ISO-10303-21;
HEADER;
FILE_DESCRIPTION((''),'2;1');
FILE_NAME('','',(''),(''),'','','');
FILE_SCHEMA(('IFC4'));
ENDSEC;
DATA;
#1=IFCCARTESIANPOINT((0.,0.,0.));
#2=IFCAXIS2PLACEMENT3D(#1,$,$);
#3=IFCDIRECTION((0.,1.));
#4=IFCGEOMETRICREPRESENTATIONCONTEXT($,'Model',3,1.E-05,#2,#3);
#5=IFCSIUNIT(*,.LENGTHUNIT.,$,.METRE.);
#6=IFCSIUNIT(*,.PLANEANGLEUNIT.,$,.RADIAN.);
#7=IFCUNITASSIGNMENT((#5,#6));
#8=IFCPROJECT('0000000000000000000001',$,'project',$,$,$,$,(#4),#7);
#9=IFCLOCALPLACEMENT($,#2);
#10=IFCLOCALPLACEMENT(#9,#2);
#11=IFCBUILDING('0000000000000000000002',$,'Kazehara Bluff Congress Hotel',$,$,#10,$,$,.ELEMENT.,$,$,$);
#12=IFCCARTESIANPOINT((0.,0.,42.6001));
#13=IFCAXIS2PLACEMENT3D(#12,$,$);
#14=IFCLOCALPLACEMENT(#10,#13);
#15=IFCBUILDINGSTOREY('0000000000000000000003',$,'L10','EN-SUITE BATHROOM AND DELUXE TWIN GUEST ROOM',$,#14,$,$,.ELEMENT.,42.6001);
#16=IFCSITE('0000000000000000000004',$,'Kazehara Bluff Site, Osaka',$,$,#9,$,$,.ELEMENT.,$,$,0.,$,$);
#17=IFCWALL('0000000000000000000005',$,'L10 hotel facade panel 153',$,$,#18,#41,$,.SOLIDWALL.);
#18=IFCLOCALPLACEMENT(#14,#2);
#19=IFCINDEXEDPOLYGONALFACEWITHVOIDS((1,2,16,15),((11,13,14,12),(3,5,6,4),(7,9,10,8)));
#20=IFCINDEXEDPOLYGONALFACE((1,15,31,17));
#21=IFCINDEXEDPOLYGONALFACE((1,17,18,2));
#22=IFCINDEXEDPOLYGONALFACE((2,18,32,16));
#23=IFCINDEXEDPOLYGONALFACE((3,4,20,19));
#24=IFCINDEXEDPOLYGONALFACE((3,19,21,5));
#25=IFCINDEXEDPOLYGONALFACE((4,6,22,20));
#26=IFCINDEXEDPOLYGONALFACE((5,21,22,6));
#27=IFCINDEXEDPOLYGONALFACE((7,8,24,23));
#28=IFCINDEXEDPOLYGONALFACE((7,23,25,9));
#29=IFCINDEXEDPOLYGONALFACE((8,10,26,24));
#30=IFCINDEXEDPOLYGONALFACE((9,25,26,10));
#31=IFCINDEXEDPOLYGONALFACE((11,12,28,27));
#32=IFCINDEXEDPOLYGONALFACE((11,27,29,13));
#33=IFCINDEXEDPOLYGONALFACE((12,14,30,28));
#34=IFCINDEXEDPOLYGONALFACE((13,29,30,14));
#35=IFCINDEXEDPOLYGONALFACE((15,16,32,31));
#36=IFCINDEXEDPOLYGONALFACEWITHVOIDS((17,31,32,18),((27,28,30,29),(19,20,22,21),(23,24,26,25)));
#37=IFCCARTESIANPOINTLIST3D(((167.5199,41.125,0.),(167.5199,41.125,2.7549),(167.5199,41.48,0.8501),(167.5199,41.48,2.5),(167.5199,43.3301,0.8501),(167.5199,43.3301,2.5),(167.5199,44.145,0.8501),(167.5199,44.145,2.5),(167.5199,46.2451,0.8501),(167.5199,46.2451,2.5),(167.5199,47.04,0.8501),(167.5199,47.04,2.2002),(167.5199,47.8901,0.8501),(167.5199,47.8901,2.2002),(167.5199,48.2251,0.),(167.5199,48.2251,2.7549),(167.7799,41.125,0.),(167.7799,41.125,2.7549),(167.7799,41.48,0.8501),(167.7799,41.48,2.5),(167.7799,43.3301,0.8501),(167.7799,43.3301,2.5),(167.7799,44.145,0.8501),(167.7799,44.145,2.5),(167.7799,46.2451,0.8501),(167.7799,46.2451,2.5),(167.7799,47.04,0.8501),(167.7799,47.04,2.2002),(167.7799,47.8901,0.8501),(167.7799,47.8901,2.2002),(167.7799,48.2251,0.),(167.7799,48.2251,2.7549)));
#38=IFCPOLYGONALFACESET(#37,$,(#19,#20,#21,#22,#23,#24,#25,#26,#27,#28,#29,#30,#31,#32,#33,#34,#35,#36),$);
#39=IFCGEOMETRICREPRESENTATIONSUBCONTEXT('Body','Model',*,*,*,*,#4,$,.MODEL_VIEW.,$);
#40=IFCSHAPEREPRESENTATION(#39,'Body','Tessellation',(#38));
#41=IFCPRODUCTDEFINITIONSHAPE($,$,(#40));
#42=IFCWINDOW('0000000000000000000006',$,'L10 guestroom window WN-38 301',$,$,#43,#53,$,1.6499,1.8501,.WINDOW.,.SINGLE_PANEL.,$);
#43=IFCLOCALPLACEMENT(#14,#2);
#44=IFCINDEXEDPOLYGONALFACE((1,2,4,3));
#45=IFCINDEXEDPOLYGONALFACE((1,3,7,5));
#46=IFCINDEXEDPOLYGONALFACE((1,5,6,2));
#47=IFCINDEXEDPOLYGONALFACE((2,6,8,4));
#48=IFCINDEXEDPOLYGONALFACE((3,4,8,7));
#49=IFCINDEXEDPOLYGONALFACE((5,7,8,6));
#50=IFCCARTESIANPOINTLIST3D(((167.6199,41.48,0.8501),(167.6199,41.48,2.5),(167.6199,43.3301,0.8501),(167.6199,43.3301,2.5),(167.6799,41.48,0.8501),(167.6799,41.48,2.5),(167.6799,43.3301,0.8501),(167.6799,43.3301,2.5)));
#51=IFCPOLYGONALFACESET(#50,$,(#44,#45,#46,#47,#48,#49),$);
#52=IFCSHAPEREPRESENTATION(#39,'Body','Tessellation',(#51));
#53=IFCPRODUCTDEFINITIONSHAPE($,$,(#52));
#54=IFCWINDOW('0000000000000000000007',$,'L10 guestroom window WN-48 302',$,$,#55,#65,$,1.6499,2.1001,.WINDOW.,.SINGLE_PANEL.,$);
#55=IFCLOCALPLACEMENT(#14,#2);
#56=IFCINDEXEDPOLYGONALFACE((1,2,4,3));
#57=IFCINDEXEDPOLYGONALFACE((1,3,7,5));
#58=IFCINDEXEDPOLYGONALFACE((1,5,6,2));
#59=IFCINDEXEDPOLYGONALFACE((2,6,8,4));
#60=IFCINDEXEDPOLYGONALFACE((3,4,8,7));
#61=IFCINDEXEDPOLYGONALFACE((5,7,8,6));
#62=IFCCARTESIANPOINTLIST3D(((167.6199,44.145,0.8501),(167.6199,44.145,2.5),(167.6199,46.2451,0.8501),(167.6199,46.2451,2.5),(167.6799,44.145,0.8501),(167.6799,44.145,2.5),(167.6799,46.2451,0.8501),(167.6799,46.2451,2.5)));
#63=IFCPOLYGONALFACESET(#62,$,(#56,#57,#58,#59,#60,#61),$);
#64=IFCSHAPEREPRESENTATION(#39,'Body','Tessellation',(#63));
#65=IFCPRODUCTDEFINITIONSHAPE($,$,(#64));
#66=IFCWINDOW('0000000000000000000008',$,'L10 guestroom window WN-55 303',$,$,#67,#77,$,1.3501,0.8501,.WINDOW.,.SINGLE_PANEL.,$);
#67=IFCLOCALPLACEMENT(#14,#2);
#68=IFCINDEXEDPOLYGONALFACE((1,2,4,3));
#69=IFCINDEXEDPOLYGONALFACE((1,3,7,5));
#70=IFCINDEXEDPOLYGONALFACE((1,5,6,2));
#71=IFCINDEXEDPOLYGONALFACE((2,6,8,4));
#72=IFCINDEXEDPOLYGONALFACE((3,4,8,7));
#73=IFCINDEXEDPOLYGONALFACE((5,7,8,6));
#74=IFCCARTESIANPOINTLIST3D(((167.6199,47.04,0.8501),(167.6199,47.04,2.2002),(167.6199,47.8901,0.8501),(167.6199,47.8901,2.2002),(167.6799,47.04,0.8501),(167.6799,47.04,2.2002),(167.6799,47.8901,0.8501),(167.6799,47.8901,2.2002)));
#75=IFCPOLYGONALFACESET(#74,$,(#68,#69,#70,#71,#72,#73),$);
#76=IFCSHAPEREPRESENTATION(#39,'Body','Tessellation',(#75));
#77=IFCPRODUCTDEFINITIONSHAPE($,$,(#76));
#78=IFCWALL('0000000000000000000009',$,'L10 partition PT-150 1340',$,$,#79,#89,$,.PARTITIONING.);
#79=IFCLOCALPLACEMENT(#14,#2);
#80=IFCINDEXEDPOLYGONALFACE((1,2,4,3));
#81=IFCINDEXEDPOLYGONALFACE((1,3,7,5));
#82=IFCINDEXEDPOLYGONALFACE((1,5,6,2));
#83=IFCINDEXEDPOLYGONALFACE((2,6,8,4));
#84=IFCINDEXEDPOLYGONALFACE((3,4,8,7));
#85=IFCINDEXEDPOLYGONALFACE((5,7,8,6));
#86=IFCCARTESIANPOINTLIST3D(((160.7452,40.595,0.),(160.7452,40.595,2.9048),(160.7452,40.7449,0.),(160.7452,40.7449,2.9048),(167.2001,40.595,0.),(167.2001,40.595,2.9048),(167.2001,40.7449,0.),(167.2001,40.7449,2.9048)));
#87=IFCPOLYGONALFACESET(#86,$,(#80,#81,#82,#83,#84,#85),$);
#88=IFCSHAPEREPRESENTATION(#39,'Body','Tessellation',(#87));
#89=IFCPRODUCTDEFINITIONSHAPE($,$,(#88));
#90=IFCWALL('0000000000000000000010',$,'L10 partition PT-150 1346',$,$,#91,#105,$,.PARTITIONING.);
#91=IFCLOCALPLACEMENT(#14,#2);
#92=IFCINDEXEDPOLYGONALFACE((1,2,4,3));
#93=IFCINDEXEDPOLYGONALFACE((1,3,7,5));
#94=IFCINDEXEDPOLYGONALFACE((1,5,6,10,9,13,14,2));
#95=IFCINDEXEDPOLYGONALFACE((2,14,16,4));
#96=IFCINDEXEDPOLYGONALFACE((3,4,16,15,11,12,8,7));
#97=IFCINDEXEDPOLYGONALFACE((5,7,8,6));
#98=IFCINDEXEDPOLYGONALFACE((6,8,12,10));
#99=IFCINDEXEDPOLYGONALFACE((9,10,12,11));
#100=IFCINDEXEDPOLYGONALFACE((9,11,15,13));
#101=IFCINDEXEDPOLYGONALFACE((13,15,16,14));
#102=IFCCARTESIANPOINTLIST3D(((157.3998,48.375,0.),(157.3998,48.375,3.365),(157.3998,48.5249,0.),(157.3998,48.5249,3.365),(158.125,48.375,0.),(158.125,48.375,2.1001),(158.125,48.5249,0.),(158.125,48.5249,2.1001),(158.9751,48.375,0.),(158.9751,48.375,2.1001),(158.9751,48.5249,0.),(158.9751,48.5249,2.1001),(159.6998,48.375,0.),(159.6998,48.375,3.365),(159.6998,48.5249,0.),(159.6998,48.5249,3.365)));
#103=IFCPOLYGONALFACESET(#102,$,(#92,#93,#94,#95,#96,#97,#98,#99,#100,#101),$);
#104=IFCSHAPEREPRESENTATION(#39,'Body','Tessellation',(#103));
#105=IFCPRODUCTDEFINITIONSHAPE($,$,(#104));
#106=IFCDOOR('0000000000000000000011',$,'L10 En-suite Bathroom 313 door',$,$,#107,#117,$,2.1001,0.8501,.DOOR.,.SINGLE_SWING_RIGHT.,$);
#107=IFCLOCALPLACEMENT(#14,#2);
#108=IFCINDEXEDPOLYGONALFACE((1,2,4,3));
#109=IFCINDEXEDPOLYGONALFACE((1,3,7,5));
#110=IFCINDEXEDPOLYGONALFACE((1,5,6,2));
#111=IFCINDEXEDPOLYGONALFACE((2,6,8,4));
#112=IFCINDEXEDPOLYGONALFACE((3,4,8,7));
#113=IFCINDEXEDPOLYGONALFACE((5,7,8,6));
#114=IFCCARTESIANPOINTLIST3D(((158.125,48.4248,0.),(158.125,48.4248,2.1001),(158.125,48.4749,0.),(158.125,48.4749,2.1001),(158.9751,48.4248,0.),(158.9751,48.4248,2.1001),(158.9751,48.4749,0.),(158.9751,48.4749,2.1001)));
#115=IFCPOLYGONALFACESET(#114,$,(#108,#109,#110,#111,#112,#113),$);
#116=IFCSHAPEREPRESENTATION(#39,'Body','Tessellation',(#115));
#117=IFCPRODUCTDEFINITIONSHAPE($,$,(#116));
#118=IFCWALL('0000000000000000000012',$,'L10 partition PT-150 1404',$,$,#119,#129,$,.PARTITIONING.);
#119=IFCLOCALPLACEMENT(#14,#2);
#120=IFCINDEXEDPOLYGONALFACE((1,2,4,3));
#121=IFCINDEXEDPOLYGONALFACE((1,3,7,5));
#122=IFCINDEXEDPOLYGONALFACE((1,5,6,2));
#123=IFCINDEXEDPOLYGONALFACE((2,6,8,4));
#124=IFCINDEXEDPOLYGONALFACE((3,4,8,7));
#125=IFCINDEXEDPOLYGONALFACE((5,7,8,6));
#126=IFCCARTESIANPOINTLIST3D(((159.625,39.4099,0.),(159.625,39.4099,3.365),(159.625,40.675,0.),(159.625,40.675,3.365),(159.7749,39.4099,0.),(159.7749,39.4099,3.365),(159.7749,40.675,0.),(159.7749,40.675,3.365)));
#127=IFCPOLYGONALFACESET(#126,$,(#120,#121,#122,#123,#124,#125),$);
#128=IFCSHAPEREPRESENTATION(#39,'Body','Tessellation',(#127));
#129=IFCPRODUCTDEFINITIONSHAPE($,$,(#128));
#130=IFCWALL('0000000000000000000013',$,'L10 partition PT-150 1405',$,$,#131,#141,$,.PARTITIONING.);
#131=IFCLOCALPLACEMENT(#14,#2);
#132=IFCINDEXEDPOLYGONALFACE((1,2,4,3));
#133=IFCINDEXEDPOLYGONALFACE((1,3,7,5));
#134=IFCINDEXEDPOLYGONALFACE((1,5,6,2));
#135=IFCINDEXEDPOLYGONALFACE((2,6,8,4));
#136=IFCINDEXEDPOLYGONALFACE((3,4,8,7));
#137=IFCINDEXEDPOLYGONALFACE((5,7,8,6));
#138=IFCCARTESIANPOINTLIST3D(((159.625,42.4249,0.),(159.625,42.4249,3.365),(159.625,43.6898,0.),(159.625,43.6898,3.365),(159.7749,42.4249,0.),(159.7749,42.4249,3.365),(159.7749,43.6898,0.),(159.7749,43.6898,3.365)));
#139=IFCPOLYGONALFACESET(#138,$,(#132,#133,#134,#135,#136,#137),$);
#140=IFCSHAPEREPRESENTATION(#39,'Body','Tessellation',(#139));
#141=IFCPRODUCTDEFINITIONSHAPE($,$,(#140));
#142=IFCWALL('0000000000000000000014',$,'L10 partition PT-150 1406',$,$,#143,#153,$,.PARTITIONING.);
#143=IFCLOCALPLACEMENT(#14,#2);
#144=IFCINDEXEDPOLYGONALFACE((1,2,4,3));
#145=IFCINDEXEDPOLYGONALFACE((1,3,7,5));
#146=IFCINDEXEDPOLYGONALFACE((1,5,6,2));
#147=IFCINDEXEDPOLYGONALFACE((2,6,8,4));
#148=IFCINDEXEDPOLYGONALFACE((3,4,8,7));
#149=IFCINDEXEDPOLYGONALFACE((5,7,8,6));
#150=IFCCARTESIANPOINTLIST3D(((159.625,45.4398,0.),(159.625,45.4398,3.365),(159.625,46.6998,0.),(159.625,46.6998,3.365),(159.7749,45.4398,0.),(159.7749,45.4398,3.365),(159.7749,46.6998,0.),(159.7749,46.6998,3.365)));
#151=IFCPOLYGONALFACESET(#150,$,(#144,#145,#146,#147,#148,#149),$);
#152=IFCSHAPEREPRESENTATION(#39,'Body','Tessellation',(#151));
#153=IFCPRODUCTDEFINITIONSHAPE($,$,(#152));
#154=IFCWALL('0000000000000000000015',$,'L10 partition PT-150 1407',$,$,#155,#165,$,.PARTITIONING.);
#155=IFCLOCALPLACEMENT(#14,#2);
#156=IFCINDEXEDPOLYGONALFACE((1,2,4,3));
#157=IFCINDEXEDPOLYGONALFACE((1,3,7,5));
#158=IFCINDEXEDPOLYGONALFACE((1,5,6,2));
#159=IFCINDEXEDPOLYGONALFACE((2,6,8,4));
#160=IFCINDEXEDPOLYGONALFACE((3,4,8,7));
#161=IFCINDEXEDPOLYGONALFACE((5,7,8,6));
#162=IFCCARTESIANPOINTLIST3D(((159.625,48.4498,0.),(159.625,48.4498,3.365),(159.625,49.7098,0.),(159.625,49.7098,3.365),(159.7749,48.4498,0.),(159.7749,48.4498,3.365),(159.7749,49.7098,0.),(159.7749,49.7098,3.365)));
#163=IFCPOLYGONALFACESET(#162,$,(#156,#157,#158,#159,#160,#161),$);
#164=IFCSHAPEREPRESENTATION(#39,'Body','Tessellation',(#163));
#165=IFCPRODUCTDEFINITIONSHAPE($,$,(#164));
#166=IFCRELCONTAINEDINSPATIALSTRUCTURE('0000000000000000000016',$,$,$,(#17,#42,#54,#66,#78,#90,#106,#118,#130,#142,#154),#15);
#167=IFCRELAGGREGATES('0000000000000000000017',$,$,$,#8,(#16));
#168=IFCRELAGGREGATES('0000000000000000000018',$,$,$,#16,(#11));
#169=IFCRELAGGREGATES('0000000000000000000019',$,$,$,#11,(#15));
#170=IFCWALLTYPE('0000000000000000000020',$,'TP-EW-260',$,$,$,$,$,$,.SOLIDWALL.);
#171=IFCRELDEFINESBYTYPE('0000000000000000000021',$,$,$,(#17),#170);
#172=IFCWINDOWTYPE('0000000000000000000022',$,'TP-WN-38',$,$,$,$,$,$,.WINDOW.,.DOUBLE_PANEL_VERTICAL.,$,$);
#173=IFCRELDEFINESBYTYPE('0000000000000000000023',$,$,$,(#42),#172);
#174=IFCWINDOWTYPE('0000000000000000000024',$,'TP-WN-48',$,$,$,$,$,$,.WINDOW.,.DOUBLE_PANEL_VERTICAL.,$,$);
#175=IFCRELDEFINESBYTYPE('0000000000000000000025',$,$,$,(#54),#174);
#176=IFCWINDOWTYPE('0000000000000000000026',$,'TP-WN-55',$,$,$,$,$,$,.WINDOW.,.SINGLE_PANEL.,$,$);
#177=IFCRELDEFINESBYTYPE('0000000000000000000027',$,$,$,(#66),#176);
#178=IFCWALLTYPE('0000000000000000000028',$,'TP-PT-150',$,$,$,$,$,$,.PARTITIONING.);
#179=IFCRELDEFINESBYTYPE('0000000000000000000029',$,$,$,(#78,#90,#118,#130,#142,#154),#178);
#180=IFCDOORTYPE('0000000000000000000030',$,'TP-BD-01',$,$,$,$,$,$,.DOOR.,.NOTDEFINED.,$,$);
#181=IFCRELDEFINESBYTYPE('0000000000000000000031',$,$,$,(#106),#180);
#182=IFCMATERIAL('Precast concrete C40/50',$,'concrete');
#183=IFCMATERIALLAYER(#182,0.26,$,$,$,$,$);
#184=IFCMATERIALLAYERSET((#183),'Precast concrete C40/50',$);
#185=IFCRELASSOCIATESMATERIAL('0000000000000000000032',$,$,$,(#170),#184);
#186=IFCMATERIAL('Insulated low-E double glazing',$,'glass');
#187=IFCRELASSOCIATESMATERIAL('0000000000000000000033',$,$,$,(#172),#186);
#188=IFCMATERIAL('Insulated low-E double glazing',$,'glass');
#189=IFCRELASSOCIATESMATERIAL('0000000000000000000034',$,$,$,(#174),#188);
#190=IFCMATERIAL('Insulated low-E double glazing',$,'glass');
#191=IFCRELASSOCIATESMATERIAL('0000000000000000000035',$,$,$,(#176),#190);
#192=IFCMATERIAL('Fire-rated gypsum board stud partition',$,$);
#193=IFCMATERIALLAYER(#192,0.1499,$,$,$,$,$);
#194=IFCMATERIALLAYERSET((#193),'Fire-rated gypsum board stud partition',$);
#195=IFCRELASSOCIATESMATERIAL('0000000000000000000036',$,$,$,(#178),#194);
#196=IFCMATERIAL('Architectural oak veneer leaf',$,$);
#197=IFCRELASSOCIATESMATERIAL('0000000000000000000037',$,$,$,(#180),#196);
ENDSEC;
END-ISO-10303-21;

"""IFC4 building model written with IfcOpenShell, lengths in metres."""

from ifc_helpers import new_model, si_unit, direction, frame, frame_2d, origin, place, context, subcontext, project, spatial, rectangle, extrude, material, layer, layer_set, type_object, element, fill, save


model = new_model("IFC4")

# Units and contexts
model_context = context("Model", 3, precision=1e-05, world=origin(), true_north=direction((0.0, 1.0)))
body_context = subcontext(model_context, "Body", "Model", "MODEL_VIEW")
ifc_project = project(units=[si_unit("LENGTHUNIT", "METRE"), si_unit("PLANEANGLEUNIT", "RADIAN")], contexts=[model_context])

# Site, building, storey
site_placement = place(None, origin())
site = spatial("IfcSite", under=ifc_project, at=site_placement, Name="Kazehara Bluff Site, Osaka", CompositionType="ELEMENT", RefElevation=0.0)
building_placement = place(site_placement, origin())
building = spatial("IfcBuilding", under=site, at=building_placement, Name="Kazehara Bluff Congress Hotel", CompositionType="ELEMENT")
storey_placement = place(building_placement, frame((0.0, 0.0, 42.6001)))
storey = spatial("IfcBuildingStorey", under=building, at=storey_placement, Name="L10", Description="EN-SUITE BATHROOM AND DELUXE TWIN GUEST ROOM", CompositionType="ELEMENT", Elevation=42.6001)

# Wall, openings, windows
ifc_material_1 = material(Name="Precast concrete C40/50", Category="concrete")
ifc_layer_1 = layer(ifc_material_1, 0.26)
ifc_layer_set_1 = layer_set([ifc_layer_1], Name="Precast concrete C40/50")
wall_type_1 = type_object("IfcWallType", Name="TP-EW-260", PredefinedType="SOLIDWALL", material=ifc_layer_set_1)
wall_1_placement = place(storey_placement, frame((167.6499, 48.2251, 0.0), z_axis=(0.0, 0.0, 1.0), x_axis=(0.0, -1.0, 0.0)))
wall_1 = element("IfcWall", 1, at=wall_1_placement, inside=storey, type_object=wall_type_1, Name="L10 hotel facade panel 153", PredefinedType="SOLIDWALL", context=body_context, shape_type="SweptSolid", body=[
    extrude(rectangle(XDim=7.1001, YDim=0.26, at=frame_2d((3.55, 0.0))), origin(), (0.0, 0.0, 1.0), 2.7549),
])
opening_1_placement = place(wall_1_placement, frame((4.895, 0.0, 0.8501)))
opening_1 = element("IfcOpeningElement", 2, at=opening_1_placement, cuts=wall_1, PredefinedType="OPENING", context=body_context, shape_type="SweptSolid", body=[
    extrude(rectangle(XDim=1.8501, YDim=1.6499, at=frame_2d((0.925, 0.825))), frame((0.0, 0.1399, 0.0), z_axis=(0.0, -1.0, 0.0), x_axis=(1.0, 0.0, 0.0)), (0.0, 0.0, 1.0), 0.28),
])
opening_2_placement = place(wall_1_placement, frame((1.98, 0.0, 0.8501)))
opening_2 = element("IfcOpeningElement", 3, at=opening_2_placement, cuts=wall_1, PredefinedType="OPENING", context=body_context, shape_type="SweptSolid", body=[
    extrude(rectangle(XDim=2.1001, YDim=1.6499, at=frame_2d((1.05, 0.825))), frame((0.0, 0.1399, 0.0), z_axis=(0.0, -1.0, 0.0), x_axis=(1.0, 0.0, 0.0)), (0.0, 0.0, 1.0), 0.28),
])
opening_3_placement = place(wall_1_placement, frame((0.335, 0.0, 0.8501)))
opening_3 = element("IfcOpeningElement", 4, at=opening_3_placement, cuts=wall_1, PredefinedType="OPENING", context=body_context, shape_type="SweptSolid", body=[
    extrude(rectangle(XDim=0.8501, YDim=1.3501, at=frame_2d((0.425, 0.675))), frame((0.0, 0.1399, 0.0), z_axis=(0.0, -1.0, 0.0), x_axis=(1.0, 0.0, 0.0)), (0.0, 0.0, 1.0), 0.28),
])
ifc_material_2 = material(Name="Insulated low-E double glazing", Category="glass")
window_type_1 = type_object("IfcWindowType", Name="TP-WN-38", PartitioningType="DOUBLE_PANEL_VERTICAL", PredefinedType="WINDOW", material=ifc_material_2)
window_1_placement = place(opening_1_placement, origin())
window_1 = element("IfcWindow", 5, at=window_1_placement, inside=storey, type_object=window_type_1, Name="L10 guestroom window WN-38 301", OverallHeight=1.6499, OverallWidth=1.8501, PartitioningType="SINGLE_PANEL", PredefinedType="WINDOW", context=body_context, shape_type="SweptSolid", body=[
    extrude(rectangle(XDim=1.8501, YDim=1.6499, at=frame_2d((0.925, 0.825))), frame((0.0, 0.03, 0.0), z_axis=(0.0, -1.0, 0.0), x_axis=(1.0, 0.0, 0.0)), (0.0, 0.0, 1.0), 0.0601),
])
fill(opening_1, window_1)
ifc_material_3 = material(Name="Insulated low-E double glazing", Category="glass")
window_type_2 = type_object("IfcWindowType", Name="TP-WN-48", PartitioningType="DOUBLE_PANEL_VERTICAL", PredefinedType="WINDOW", material=ifc_material_3)
window_2_placement = place(opening_2_placement, origin())
window_2 = element("IfcWindow", 6, at=window_2_placement, inside=storey, type_object=window_type_2, Name="L10 guestroom window WN-48 302", OverallHeight=1.6499, OverallWidth=2.1001, PartitioningType="SINGLE_PANEL", PredefinedType="WINDOW", context=body_context, shape_type="SweptSolid", body=[
    extrude(rectangle(XDim=2.1001, YDim=1.6499, at=frame_2d((1.05, 0.825))), frame((0.0, 0.03, 0.0), z_axis=(0.0, -1.0, 0.0), x_axis=(1.0, 0.0, 0.0)), (0.0, 0.0, 1.0), 0.0601),
])
fill(opening_2, window_2)
ifc_material_4 = material(Name="Insulated low-E double glazing", Category="glass")
window_type_3 = type_object("IfcWindowType", Name="TP-WN-55", PartitioningType="SINGLE_PANEL", PredefinedType="WINDOW", material=ifc_material_4)
window_3_placement = place(opening_3_placement, origin())
window_3 = element("IfcWindow", 7, at=window_3_placement, inside=storey, type_object=window_type_3, Name="L10 guestroom window WN-55 303", OverallHeight=1.3501, OverallWidth=0.8501, PartitioningType="SINGLE_PANEL", PredefinedType="WINDOW", context=body_context, shape_type="SweptSolid", body=[
    extrude(rectangle(XDim=0.8501, YDim=1.3501, at=frame_2d((0.425, 0.675))), frame((0.0, 0.03, 0.0), z_axis=(0.0, -1.0, 0.0), x_axis=(1.0, 0.0, 0.0)), (0.0, 0.0, 1.0), 0.0601),
])
fill(opening_3, window_3)

# Wall
ifc_material_5 = material(Name="Fire-rated gypsum board stud partition")
ifc_layer_2 = layer(ifc_material_5, 0.1499)
ifc_layer_set_2 = layer_set([ifc_layer_2], Name="Fire-rated gypsum board stud partition")
wall_type_2 = type_object("IfcWallType", Name="TP-PT-150", PredefinedType="PARTITIONING", material=ifc_layer_set_2)
wall_2_placement = place(storey_placement, frame((160.7451, 40.6699, 0.0), z_axis=(0.0, 0.0, 1.0), x_axis=(1.0, 0.0, 0.0)))
element("IfcWall", 8, at=wall_2_placement, inside=storey, type_object=wall_type_2, Name="L10 partition PT-150 1340", PredefinedType="PARTITIONING", context=body_context, shape_type="SweptSolid", body=[
    extrude(rectangle(XDim=6.4548, YDim=0.1499, at=frame_2d((3.2275, 0.0))), origin(), (0.0, 0.0, 1.0), 2.9048),
])

# Wall, opening, door
wall_3_placement = place(storey_placement, frame((157.3999, 48.45, 0.0), z_axis=(0.0, 0.0, 1.0), x_axis=(1.0, 0.0, 0.0)))
wall_3 = element("IfcWall", 9, at=wall_3_placement, inside=storey, type_object=wall_type_2, Name="L10 partition PT-150 1346", PredefinedType="PARTITIONING", context=body_context, shape_type="SweptSolid", body=[
    extrude(rectangle(XDim=2.3, YDim=0.1499, at=frame_2d((1.1499, 0.0))), origin(), (0.0, 0.0, 1.0), 3.365),
])
opening_4_placement = place(wall_3_placement, frame((0.7251, 0.0, 0.0)))
opening_4 = element("IfcOpeningElement", 10, at=opening_4_placement, cuts=wall_3, PredefinedType="OPENING", context=body_context, shape_type="SweptSolid", body=[
    extrude(rectangle(XDim=0.8501, YDim=2.1001, at=frame_2d((0.425, 1.05))), frame((0.0, 0.085, 0.0), z_axis=(0.0, -1.0, 0.0), x_axis=(1.0, 0.0, 0.0)), (0.0, 0.0, 1.0), 0.1699),
])
ifc_material_6 = material(Name="Architectural oak veneer leaf")
door_type = type_object("IfcDoorType", Name="TP-BD-01", OperationType="NOTDEFINED", PredefinedType="DOOR", material=ifc_material_6)
door_placement = place(opening_4_placement, origin())
door = element("IfcDoor", 11, at=door_placement, inside=storey, type_object=door_type, Name="L10 En-suite Bathroom 313 door", OperationType="SINGLE_SWING_RIGHT", OverallHeight=2.1001, OverallWidth=0.8501, PredefinedType="DOOR", context=body_context, shape_type="SweptSolid", body=[
    extrude(rectangle(XDim=0.8501, YDim=2.1001, at=frame_2d((0.425, 1.05))), frame((0.0, 0.0249, 0.0), z_axis=(0.0, -1.0, 0.0), x_axis=(1.0, 0.0, 0.0)), (0.0, 0.0, 1.0), 0.05),
])
fill(opening_4, door)

# Walls
wall_4_placement = place(storey_placement, frame((159.7, 39.4099, 0.0), z_axis=(0.0, 0.0, 1.0), x_axis=(0.0, 1.0, 0.0)))
element("IfcWall", 12, at=wall_4_placement, inside=storey, type_object=wall_type_2, Name="L10 partition PT-150 1404", PredefinedType="PARTITIONING", context=body_context, shape_type="SweptSolid", body=[
    extrude(rectangle(XDim=1.2651, YDim=0.1499, at=frame_2d((0.6326, 0.0))), origin(), (0.0, 0.0, 1.0), 3.365),
])
wall_5_placement = place(storey_placement, frame((159.7, 42.425, 0.0), z_axis=(0.0, 0.0, 1.0), x_axis=(0.0, 1.0, 0.0)))
element("IfcWall", 13, at=wall_5_placement, inside=storey, type_object=wall_type_2, Name="L10 partition PT-150 1405", PredefinedType="PARTITIONING", context=body_context, shape_type="SweptSolid", body=[
    extrude(rectangle(XDim=1.2649, YDim=0.1499, at=frame_2d((0.6323, 0.0))), origin(), (0.0, 0.0, 1.0), 3.365),
])
for number, where, z_axis, x_axis, name in (
    (14, (159.7, 45.4399, 0.0), (0.0, 0.0, 1.0), (0.0, 1.0, 0.0), "L10 partition PT-150 1406"),
    (15, (159.7, 48.45, 0.0), (0.0, 0.0, 1.0), (0.0, 1.0, 0.0), "L10 partition PT-150 1407"),
):
    element("IfcWall", number, at=place(storey_placement, frame(where, z_axis=z_axis, x_axis=x_axis)), inside=storey, type_object=wall_type_2, Name=name, PredefinedType="PARTITIONING", context=body_context, shape_type="SweptSolid", body=[
        extrude(rectangle(XDim=1.26, YDim=0.1499, at=frame_2d((0.6299, 0.0))), origin(), (0.0, 0.0, 1.0), 3.365),
    ])

save(model, "model.ifc")
